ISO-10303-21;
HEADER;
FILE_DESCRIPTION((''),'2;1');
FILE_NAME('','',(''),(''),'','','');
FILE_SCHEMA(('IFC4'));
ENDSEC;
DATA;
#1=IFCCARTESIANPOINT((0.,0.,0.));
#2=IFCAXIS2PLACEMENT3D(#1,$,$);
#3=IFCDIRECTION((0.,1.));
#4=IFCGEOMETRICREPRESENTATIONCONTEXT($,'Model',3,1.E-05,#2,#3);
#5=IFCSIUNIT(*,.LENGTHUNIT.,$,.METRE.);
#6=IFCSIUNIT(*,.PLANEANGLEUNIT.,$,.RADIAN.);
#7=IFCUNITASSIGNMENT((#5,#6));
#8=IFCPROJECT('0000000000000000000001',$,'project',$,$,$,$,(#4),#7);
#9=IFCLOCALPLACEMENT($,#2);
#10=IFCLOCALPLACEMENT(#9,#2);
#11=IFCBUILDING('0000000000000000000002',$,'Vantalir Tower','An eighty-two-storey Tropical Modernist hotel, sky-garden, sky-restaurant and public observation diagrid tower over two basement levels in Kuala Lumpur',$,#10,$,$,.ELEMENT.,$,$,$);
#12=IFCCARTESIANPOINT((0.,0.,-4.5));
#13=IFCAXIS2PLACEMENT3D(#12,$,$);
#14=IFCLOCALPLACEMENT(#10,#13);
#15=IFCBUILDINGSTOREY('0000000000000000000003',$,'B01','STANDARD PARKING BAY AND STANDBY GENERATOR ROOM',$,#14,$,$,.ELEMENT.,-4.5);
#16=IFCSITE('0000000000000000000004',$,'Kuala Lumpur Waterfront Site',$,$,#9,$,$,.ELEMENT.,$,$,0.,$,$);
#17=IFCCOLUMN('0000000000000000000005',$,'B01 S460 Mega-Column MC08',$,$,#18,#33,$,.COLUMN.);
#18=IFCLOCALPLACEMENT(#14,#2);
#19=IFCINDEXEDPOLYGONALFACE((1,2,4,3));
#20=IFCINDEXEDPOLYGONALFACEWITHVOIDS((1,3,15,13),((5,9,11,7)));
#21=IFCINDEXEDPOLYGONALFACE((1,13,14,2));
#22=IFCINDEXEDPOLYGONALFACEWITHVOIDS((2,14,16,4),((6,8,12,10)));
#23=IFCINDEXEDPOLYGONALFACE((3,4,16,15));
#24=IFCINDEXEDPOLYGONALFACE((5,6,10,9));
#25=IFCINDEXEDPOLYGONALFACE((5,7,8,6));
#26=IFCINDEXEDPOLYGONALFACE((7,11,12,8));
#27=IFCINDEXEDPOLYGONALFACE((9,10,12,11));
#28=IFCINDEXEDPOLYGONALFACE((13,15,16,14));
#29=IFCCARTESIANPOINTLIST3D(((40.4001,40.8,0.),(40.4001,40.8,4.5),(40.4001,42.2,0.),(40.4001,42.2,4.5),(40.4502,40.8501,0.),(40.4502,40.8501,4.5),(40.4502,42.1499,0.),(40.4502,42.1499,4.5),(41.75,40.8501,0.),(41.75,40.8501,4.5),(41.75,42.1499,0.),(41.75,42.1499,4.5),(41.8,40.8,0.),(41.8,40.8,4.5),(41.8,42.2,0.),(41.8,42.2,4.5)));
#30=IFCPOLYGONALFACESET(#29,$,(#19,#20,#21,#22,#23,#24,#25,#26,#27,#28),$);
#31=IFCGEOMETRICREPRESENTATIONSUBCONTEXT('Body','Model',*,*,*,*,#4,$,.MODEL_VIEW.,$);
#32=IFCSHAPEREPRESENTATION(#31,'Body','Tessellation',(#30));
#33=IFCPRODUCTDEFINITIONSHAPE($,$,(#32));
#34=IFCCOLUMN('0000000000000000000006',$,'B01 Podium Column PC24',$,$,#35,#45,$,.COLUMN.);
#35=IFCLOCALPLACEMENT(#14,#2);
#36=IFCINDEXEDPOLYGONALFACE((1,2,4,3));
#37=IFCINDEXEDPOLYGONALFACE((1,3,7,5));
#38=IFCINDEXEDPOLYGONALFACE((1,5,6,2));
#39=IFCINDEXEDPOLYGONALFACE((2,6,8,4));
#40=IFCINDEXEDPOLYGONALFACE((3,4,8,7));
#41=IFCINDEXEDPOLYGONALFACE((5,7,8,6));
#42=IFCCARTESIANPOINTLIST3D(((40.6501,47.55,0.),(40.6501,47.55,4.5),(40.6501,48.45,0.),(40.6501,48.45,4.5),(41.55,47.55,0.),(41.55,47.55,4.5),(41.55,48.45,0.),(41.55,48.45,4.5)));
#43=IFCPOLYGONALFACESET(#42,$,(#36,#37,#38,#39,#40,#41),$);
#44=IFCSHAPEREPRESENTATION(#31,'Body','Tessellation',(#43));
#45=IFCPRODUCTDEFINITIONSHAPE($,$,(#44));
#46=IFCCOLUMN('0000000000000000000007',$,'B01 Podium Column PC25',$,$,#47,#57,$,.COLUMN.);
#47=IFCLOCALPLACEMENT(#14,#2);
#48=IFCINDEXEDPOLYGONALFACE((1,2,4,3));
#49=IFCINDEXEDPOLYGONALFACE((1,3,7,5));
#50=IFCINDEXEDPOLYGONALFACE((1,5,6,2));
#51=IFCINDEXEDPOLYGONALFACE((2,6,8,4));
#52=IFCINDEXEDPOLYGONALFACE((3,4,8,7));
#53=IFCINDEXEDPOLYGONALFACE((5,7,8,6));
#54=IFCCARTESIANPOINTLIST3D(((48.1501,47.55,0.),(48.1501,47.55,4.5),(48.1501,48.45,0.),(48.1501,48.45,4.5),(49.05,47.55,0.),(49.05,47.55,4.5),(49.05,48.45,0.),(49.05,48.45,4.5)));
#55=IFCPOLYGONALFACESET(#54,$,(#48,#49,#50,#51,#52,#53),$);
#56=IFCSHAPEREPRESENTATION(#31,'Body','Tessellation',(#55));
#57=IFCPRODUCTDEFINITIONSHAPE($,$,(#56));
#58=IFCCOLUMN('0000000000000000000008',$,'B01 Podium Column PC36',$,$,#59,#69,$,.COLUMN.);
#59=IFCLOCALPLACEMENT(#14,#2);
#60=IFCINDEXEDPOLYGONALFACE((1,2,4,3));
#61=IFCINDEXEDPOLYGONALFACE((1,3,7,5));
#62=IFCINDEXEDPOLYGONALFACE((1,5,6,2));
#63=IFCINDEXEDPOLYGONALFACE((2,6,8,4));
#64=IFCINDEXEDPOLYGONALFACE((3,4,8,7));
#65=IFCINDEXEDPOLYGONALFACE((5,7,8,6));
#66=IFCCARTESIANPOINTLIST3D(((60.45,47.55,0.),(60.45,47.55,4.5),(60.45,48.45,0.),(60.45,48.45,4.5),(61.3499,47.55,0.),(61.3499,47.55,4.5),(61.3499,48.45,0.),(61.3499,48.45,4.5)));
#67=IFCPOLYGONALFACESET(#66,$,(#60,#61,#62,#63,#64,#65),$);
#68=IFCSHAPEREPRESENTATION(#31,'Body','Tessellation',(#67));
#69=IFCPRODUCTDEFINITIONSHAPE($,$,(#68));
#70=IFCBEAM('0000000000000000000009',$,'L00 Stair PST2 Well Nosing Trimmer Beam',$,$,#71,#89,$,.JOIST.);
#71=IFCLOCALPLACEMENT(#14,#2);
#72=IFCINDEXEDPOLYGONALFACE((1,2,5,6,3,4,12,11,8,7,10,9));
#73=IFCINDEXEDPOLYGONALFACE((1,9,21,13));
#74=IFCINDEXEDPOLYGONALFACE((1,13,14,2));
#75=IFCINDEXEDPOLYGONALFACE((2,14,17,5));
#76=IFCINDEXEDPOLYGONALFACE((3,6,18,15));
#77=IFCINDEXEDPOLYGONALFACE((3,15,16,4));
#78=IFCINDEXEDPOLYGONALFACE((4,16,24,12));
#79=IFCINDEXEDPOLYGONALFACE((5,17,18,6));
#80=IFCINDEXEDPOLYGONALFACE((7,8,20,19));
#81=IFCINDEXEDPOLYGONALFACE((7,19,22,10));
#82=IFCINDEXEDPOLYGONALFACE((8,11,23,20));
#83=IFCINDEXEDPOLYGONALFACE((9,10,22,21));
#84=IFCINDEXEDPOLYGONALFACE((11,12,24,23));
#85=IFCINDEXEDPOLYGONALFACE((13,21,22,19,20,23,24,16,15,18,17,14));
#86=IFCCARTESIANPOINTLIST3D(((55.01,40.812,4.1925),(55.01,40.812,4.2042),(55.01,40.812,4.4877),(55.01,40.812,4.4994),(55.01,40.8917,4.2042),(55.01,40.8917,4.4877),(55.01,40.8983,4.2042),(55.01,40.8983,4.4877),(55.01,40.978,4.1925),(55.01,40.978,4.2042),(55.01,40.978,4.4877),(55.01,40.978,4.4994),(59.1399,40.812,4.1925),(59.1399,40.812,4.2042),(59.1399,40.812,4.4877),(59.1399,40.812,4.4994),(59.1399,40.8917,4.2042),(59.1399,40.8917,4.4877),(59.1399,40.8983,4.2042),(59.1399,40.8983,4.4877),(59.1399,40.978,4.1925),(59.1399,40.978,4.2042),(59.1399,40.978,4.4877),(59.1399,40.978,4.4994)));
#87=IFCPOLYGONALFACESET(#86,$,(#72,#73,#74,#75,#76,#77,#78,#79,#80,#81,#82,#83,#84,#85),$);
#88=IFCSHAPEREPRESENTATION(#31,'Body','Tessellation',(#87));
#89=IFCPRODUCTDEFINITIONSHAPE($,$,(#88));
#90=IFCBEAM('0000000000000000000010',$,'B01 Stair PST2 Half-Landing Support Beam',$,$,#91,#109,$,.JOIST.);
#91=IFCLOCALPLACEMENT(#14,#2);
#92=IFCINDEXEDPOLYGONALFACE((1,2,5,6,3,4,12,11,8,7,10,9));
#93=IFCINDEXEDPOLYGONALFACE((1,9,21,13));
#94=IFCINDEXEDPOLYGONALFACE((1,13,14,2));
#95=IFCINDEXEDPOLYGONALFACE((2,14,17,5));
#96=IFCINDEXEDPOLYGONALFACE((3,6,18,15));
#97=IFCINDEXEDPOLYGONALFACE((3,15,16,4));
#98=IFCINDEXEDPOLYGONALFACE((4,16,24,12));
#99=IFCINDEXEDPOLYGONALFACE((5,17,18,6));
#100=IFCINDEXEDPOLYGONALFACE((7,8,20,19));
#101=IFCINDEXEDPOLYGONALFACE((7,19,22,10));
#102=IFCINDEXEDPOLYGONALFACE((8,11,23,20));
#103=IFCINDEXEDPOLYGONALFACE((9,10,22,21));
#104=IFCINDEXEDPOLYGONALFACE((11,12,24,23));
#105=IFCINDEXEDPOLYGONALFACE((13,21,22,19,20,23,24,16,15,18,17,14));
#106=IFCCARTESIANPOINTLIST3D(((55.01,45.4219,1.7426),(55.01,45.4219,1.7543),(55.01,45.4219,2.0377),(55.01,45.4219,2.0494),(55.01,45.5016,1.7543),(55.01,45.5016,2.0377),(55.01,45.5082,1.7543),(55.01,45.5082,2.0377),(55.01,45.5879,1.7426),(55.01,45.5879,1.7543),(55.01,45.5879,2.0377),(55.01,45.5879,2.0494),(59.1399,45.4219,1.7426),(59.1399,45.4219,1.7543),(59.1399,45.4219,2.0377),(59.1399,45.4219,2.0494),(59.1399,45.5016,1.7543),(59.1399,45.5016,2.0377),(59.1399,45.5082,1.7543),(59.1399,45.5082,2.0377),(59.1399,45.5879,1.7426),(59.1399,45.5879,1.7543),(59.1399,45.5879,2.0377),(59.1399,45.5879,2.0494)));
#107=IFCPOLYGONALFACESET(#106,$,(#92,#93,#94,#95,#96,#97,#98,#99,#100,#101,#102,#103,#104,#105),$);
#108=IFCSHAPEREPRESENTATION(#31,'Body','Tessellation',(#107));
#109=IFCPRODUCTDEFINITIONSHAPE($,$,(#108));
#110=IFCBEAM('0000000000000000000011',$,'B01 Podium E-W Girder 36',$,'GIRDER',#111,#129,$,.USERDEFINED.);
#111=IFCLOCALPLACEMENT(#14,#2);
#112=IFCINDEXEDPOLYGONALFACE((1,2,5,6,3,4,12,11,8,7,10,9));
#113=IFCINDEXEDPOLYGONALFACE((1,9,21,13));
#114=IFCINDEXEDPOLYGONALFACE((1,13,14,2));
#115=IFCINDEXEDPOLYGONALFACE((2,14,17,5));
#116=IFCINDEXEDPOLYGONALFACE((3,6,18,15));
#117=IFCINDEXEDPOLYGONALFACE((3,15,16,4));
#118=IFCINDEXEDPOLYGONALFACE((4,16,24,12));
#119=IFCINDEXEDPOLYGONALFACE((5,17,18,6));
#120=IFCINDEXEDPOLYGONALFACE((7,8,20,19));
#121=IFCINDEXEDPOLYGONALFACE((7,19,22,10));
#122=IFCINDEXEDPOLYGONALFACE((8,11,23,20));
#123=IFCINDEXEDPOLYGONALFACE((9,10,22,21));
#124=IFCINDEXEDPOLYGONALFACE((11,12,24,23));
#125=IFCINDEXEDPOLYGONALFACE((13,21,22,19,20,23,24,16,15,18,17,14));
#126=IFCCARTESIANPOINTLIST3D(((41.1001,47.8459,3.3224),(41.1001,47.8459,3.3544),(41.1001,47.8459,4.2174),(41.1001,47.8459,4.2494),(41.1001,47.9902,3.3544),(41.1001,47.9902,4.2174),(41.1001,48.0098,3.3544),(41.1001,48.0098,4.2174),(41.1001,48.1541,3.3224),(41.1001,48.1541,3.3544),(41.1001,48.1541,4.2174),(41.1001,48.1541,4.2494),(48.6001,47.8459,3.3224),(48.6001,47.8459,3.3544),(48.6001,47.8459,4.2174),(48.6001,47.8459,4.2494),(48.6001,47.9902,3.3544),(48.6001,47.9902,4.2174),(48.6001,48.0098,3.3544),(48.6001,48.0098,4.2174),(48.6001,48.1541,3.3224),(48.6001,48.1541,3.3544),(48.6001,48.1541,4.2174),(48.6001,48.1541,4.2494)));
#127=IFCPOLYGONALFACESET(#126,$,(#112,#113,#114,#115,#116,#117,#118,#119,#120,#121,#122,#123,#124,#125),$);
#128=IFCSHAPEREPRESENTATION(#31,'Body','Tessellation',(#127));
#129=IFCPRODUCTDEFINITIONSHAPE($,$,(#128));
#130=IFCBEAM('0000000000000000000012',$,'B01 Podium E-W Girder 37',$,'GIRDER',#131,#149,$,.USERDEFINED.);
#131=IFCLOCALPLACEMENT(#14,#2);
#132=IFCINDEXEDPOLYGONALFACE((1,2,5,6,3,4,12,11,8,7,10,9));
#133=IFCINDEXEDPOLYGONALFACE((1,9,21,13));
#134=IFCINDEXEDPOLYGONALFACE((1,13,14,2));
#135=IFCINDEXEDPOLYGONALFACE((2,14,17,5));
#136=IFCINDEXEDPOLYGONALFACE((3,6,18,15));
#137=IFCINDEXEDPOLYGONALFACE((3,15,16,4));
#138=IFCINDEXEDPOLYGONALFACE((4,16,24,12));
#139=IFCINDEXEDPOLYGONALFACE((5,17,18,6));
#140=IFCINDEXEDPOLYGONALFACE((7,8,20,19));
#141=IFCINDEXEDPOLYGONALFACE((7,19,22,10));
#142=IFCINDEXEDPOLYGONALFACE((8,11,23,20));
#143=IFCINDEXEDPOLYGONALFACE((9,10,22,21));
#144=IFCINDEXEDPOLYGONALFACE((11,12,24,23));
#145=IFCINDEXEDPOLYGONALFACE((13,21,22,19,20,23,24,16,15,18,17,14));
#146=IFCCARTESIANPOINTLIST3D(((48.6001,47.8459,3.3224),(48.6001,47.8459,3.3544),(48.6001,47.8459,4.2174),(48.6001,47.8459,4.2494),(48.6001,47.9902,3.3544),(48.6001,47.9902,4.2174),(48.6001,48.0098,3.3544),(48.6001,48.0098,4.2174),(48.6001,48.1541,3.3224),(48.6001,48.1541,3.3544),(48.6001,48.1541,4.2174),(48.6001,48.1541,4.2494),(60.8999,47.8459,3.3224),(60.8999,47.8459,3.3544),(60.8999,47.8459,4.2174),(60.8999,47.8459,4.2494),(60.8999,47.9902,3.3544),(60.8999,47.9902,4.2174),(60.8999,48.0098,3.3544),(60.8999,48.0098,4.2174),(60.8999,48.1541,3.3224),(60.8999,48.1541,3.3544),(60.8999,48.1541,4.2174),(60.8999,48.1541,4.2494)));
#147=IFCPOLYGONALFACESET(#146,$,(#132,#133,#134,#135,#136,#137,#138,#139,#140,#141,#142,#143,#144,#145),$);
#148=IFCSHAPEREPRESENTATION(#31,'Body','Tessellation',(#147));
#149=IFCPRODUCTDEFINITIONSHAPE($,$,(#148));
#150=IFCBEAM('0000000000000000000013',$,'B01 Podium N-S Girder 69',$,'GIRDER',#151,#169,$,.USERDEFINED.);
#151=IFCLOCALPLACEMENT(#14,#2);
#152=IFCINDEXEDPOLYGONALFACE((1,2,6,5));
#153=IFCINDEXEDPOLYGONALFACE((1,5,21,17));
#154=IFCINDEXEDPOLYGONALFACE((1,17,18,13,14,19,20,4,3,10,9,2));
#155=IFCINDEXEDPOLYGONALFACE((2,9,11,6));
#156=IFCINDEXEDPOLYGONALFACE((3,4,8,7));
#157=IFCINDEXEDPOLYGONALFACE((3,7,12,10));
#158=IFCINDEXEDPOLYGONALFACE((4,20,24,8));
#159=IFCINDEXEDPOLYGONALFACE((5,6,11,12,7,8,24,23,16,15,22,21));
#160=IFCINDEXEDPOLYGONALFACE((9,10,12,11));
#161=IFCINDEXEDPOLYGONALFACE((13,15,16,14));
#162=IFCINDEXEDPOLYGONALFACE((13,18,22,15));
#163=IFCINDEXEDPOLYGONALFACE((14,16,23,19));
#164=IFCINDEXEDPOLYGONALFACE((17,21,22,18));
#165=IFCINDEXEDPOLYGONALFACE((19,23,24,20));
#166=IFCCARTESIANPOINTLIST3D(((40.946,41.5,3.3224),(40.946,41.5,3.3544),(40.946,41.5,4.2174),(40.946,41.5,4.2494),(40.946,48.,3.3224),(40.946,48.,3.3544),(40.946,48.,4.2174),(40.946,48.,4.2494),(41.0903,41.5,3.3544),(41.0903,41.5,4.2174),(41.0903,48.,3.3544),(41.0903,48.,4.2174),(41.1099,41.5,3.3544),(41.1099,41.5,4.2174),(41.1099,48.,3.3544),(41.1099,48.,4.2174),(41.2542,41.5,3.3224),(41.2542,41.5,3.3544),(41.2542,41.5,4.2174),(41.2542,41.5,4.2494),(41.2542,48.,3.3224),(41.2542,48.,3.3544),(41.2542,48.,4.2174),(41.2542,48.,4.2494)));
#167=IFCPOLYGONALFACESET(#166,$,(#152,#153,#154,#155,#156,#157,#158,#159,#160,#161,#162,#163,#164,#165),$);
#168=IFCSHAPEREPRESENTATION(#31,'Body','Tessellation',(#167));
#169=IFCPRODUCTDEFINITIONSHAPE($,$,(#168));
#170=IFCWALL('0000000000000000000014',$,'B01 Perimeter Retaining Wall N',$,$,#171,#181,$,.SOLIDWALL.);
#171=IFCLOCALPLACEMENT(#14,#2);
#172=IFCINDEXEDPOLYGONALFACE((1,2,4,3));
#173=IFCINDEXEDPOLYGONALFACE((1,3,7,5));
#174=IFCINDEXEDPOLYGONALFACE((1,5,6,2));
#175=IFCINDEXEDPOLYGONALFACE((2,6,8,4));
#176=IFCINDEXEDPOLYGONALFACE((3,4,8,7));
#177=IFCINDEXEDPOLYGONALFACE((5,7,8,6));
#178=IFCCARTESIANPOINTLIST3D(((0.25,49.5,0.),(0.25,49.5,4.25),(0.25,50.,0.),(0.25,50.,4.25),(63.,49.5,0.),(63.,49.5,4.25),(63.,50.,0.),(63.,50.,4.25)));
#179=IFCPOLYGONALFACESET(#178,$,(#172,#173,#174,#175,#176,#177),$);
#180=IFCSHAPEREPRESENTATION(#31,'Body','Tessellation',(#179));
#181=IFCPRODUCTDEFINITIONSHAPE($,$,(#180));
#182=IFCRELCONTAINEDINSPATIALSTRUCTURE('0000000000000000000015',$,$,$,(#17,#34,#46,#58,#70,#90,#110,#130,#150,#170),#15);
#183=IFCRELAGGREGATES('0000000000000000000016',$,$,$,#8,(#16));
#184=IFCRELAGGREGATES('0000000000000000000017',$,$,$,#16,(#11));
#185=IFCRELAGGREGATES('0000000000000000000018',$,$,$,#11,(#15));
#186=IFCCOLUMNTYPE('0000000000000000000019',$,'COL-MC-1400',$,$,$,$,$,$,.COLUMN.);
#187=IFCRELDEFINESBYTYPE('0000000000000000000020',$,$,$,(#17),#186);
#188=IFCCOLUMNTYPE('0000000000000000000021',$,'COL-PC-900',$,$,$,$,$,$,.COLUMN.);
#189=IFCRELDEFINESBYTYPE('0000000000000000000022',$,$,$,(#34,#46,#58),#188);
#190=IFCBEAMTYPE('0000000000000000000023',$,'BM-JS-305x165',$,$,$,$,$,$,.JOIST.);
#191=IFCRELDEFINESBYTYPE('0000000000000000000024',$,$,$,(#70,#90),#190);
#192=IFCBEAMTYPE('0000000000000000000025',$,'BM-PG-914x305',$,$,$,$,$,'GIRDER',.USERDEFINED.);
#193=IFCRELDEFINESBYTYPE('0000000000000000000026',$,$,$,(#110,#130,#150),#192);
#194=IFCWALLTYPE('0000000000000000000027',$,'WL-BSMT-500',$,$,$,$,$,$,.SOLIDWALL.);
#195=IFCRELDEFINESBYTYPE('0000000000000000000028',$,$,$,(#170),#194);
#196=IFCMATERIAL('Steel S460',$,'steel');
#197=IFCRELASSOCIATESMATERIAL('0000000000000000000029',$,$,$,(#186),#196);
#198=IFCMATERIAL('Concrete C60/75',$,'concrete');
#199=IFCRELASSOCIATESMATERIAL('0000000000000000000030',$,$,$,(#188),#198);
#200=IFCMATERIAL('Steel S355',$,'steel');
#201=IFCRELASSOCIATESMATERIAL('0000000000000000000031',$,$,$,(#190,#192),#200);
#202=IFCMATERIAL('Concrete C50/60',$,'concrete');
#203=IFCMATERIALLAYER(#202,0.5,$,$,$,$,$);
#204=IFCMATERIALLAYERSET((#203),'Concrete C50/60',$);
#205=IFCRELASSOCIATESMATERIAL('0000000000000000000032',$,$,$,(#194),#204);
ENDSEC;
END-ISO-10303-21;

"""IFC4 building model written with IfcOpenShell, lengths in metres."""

from ifc_helpers import new_model, si_unit, direction, frame, frame_2d, origin, origin_2d, place, context, subcontext, project, spatial, rectangle, hollow_rectangle, i_section, extrude, material, layer, layer_set, material_profile, profile_set, type_object, element, save


model = new_model("IFC4")

# Units and contexts
model_context = context("Model", 3, precision=1e-05, world=origin(), true_north=direction((0.0, 1.0)))
body_context = subcontext(model_context, "Body", "Model", "MODEL_VIEW")
ifc_project = project(units=[si_unit("LENGTHUNIT", "METRE"), si_unit("PLANEANGLEUNIT", "RADIAN")], contexts=[model_context])

# Site, building, storey
site_placement = place(None, origin())
site = spatial("IfcSite", under=ifc_project, at=site_placement, Name="Kuala Lumpur Waterfront Site", CompositionType="ELEMENT", RefElevation=0.0)
building_placement = place(site_placement, origin())
building = spatial("IfcBuilding", under=site, at=building_placement, Name="Vantalir Tower", Description="An eighty-two-storey Tropical Modernist hotel, sky-garden, sky-restaurant and public observation diagrid tower over two basement levels in Kuala Lumpur", CompositionType="ELEMENT")
storey_placement = place(building_placement, frame((0.0, 0.0, -4.5)))
storey = spatial("IfcBuildingStorey", under=building, at=storey_placement, Name="B01", Description="STANDARD PARKING BAY AND STANDBY GENERATOR ROOM", CompositionType="ELEMENT", Elevation=-4.5)

# Columns
ifc_material_1 = material(Name="Steel S460", Category="steel")
ifc_material_profile_1 = material_profile(ifc_material_1, hollow_rectangle(XDim=1.3999, YDim=1.3999, WallThickness=0.05, at=origin_2d()), Name="Steel S460")
ifc_profile_set_1 = profile_set([ifc_material_profile_1], Name="Steel S460")
column_type_1 = type_object("IfcColumnType", Name="COL-MC-1400", PredefinedType="COLUMN", material=ifc_profile_set_1)
column_placement = place(storey_placement, frame((41.1001, 41.5, 0.0), z_axis=(0.0, 0.0, 1.0), x_axis=(1.0, 0.0, 0.0)))
element("IfcColumn", 1, at=column_placement, inside=storey, type_object=column_type_1, Name="B01 S460 Mega-Column MC08", PredefinedType="COLUMN", context=body_context, shape_type="SweptSolid", body=[
    extrude(hollow_rectangle(XDim=1.3999, YDim=1.3999, WallThickness=0.05, at=origin_2d()), origin(), (0.0, 0.0, 1.0), 4.5),
])
ifc_material_2 = material(Name="Concrete C60/75", Category="concrete")
ifc_material_profile_2 = material_profile(ifc_material_2, rectangle(XDim=0.8999, YDim=0.8999, at=origin_2d()), Name="Concrete C60/75")
ifc_profile_set_2 = profile_set([ifc_material_profile_2], Name="Concrete C60/75")
column_type_2 = type_object("IfcColumnType", Name="COL-PC-900", PredefinedType="COLUMN", material=ifc_profile_set_2)
for number, where, z_axis, x_axis, name in (
    (2, (41.1001, 48.0, 0.0), (0.0, 0.0, 1.0), (1.0, 0.0, 0.0), "B01 Podium Column PC24"),
    (3, (48.6001, 48.0, 0.0), (0.0, 0.0, 1.0), (1.0, 0.0, 0.0), "B01 Podium Column PC25"),
    (4, (60.8999, 48.0, 0.0), (0.0, 0.0, 1.0), (1.0, 0.0, 0.0), "B01 Podium Column PC36"),
):
    element("IfcColumn", number, at=place(storey_placement, frame(where, z_axis=z_axis, x_axis=x_axis)), inside=storey, type_object=column_type_2, Name=name, PredefinedType="COLUMN", context=body_context, shape_type="SweptSolid", body=[
        extrude(rectangle(XDim=0.8999, YDim=0.8999, at=origin_2d()), origin(), (0.0, 0.0, 1.0), 4.5),
    ])

# Beams
ifc_material_3 = material(Name="Steel S355", Category="steel")
ifc_material_profile_3 = material_profile(ifc_material_3, i_section(OverallWidth=0.166, OverallDepth=0.3069, WebThickness=0.0066, FlangeThickness=0.0117, at=origin_2d()), Name="Steel S355")
ifc_profile_set_3 = profile_set([ifc_material_profile_3], Name="Steel S355")
beam_type_1 = type_object("IfcBeamType", Name="BM-JS-305x165", PredefinedType="JOIST", material=ifc_profile_set_3)
for number, where, z_axis, x_axis, name in (
    (5, (55.01, 40.895, 4.3459), (1.0, 0.0, 0.0), (0.0, 1.0, 0.0), "L00 Stair PST2 Well Nosing Trimmer Beam"),
    (6, (55.01, 45.5049, 1.896), (1.0, 0.0, 0.0), (0.0, 1.0, 0.0), "B01 Stair PST2 Half-Landing Support Beam"),
):
    element("IfcBeam", number, at=place(storey_placement, frame(where, z_axis=z_axis, x_axis=x_axis)), inside=storey, type_object=beam_type_1, Name=name, PredefinedType="JOIST", context=body_context, shape_type="SweptSolid", body=[
        extrude(i_section(OverallWidth=0.166, OverallDepth=0.3069, WebThickness=0.0066, FlangeThickness=0.0117, at=origin_2d()), origin(), (0.0, 0.0, 1.0), 4.1299),
    ])
ifc_material_profile_4 = material_profile(ifc_material_3, i_section(OverallWidth=0.3081, OverallDepth=0.927, WebThickness=0.0195, FlangeThickness=0.032, at=origin_2d()), Name="Steel S355")
ifc_profile_set_4 = profile_set([ifc_material_profile_4], Name="Steel S355")
beam_type_2 = type_object("IfcBeamType", Name="BM-PG-914x305", ElementType="GIRDER", PredefinedType="USERDEFINED", material=ifc_profile_set_4)
beam_1_placement = place(storey_placement, frame((41.1001, 48.0, 3.7859), z_axis=(1.0, 0.0, 0.0), x_axis=(0.0, 1.0, 0.0)))
element("IfcBeam", 7, at=beam_1_placement, inside=storey, type_object=beam_type_2, Name="B01 Podium E-W Girder 36", ObjectType="GIRDER", PredefinedType="USERDEFINED", context=body_context, shape_type="SweptSolid", body=[
    extrude(i_section(OverallWidth=0.3081, OverallDepth=0.927, WebThickness=0.0195, FlangeThickness=0.032, at=origin_2d()), origin(), (0.0, 0.0, 1.0), 7.5),
])
beam_2_placement = place(storey_placement, frame((48.6001, 48.0, 3.7859), z_axis=(1.0, 0.0, 0.0), x_axis=(0.0, 1.0, 0.0)))
element("IfcBeam", 8, at=beam_2_placement, inside=storey, type_object=beam_type_2, Name="B01 Podium E-W Girder 37", ObjectType="GIRDER", PredefinedType="USERDEFINED", context=body_context, shape_type="SweptSolid", body=[
    extrude(i_section(OverallWidth=0.3081, OverallDepth=0.927, WebThickness=0.0195, FlangeThickness=0.032, at=origin_2d()), origin(), (0.0, 0.0, 1.0), 12.2998),
])
beam_3_placement = place(storey_placement, frame((41.1001, 41.5, 3.7859), z_axis=(0.0, 1.0, 0.0), x_axis=(-1.0, 0.0, 0.0)))
element("IfcBeam", 9, at=beam_3_placement, inside=storey, type_object=beam_type_2, Name="B01 Podium N-S Girder 69", ObjectType="GIRDER", PredefinedType="USERDEFINED", context=body_context, shape_type="SweptSolid", body=[
    extrude(i_section(OverallWidth=0.3081, OverallDepth=0.927, WebThickness=0.0195, FlangeThickness=0.032, at=origin_2d()), origin(), (0.0, 0.0, 1.0), 6.5),
])

# Wall
ifc_material_4 = material(Name="Concrete C50/60", Category="concrete")
ifc_layer_1 = layer(ifc_material_4, 0.5)
ifc_layer_set_1 = layer_set([ifc_layer_1], Name="Concrete C50/60")
wall_type_1 = type_object("IfcWallType", Name="WL-BSMT-500", PredefinedType="SOLIDWALL", material=ifc_layer_set_1)
wall_1_placement = place(storey_placement, frame((63.0, 49.75, 0.0), z_axis=(0.0, 0.0, 1.0), x_axis=(-1.0, 0.0, 0.0)))
element("IfcWall", 10, at=wall_1_placement, inside=storey, type_object=wall_type_1, Name="B01 Perimeter Retaining Wall N", PredefinedType="SOLIDWALL", context=body_context, shape_type="SweptSolid", body=[
    extrude(rectangle(XDim=62.75, YDim=0.5, at=frame_2d((31.375, 0.0))), origin(), (0.0, 0.0, 1.0), 4.25),
])

save(model, "model.ifc")
